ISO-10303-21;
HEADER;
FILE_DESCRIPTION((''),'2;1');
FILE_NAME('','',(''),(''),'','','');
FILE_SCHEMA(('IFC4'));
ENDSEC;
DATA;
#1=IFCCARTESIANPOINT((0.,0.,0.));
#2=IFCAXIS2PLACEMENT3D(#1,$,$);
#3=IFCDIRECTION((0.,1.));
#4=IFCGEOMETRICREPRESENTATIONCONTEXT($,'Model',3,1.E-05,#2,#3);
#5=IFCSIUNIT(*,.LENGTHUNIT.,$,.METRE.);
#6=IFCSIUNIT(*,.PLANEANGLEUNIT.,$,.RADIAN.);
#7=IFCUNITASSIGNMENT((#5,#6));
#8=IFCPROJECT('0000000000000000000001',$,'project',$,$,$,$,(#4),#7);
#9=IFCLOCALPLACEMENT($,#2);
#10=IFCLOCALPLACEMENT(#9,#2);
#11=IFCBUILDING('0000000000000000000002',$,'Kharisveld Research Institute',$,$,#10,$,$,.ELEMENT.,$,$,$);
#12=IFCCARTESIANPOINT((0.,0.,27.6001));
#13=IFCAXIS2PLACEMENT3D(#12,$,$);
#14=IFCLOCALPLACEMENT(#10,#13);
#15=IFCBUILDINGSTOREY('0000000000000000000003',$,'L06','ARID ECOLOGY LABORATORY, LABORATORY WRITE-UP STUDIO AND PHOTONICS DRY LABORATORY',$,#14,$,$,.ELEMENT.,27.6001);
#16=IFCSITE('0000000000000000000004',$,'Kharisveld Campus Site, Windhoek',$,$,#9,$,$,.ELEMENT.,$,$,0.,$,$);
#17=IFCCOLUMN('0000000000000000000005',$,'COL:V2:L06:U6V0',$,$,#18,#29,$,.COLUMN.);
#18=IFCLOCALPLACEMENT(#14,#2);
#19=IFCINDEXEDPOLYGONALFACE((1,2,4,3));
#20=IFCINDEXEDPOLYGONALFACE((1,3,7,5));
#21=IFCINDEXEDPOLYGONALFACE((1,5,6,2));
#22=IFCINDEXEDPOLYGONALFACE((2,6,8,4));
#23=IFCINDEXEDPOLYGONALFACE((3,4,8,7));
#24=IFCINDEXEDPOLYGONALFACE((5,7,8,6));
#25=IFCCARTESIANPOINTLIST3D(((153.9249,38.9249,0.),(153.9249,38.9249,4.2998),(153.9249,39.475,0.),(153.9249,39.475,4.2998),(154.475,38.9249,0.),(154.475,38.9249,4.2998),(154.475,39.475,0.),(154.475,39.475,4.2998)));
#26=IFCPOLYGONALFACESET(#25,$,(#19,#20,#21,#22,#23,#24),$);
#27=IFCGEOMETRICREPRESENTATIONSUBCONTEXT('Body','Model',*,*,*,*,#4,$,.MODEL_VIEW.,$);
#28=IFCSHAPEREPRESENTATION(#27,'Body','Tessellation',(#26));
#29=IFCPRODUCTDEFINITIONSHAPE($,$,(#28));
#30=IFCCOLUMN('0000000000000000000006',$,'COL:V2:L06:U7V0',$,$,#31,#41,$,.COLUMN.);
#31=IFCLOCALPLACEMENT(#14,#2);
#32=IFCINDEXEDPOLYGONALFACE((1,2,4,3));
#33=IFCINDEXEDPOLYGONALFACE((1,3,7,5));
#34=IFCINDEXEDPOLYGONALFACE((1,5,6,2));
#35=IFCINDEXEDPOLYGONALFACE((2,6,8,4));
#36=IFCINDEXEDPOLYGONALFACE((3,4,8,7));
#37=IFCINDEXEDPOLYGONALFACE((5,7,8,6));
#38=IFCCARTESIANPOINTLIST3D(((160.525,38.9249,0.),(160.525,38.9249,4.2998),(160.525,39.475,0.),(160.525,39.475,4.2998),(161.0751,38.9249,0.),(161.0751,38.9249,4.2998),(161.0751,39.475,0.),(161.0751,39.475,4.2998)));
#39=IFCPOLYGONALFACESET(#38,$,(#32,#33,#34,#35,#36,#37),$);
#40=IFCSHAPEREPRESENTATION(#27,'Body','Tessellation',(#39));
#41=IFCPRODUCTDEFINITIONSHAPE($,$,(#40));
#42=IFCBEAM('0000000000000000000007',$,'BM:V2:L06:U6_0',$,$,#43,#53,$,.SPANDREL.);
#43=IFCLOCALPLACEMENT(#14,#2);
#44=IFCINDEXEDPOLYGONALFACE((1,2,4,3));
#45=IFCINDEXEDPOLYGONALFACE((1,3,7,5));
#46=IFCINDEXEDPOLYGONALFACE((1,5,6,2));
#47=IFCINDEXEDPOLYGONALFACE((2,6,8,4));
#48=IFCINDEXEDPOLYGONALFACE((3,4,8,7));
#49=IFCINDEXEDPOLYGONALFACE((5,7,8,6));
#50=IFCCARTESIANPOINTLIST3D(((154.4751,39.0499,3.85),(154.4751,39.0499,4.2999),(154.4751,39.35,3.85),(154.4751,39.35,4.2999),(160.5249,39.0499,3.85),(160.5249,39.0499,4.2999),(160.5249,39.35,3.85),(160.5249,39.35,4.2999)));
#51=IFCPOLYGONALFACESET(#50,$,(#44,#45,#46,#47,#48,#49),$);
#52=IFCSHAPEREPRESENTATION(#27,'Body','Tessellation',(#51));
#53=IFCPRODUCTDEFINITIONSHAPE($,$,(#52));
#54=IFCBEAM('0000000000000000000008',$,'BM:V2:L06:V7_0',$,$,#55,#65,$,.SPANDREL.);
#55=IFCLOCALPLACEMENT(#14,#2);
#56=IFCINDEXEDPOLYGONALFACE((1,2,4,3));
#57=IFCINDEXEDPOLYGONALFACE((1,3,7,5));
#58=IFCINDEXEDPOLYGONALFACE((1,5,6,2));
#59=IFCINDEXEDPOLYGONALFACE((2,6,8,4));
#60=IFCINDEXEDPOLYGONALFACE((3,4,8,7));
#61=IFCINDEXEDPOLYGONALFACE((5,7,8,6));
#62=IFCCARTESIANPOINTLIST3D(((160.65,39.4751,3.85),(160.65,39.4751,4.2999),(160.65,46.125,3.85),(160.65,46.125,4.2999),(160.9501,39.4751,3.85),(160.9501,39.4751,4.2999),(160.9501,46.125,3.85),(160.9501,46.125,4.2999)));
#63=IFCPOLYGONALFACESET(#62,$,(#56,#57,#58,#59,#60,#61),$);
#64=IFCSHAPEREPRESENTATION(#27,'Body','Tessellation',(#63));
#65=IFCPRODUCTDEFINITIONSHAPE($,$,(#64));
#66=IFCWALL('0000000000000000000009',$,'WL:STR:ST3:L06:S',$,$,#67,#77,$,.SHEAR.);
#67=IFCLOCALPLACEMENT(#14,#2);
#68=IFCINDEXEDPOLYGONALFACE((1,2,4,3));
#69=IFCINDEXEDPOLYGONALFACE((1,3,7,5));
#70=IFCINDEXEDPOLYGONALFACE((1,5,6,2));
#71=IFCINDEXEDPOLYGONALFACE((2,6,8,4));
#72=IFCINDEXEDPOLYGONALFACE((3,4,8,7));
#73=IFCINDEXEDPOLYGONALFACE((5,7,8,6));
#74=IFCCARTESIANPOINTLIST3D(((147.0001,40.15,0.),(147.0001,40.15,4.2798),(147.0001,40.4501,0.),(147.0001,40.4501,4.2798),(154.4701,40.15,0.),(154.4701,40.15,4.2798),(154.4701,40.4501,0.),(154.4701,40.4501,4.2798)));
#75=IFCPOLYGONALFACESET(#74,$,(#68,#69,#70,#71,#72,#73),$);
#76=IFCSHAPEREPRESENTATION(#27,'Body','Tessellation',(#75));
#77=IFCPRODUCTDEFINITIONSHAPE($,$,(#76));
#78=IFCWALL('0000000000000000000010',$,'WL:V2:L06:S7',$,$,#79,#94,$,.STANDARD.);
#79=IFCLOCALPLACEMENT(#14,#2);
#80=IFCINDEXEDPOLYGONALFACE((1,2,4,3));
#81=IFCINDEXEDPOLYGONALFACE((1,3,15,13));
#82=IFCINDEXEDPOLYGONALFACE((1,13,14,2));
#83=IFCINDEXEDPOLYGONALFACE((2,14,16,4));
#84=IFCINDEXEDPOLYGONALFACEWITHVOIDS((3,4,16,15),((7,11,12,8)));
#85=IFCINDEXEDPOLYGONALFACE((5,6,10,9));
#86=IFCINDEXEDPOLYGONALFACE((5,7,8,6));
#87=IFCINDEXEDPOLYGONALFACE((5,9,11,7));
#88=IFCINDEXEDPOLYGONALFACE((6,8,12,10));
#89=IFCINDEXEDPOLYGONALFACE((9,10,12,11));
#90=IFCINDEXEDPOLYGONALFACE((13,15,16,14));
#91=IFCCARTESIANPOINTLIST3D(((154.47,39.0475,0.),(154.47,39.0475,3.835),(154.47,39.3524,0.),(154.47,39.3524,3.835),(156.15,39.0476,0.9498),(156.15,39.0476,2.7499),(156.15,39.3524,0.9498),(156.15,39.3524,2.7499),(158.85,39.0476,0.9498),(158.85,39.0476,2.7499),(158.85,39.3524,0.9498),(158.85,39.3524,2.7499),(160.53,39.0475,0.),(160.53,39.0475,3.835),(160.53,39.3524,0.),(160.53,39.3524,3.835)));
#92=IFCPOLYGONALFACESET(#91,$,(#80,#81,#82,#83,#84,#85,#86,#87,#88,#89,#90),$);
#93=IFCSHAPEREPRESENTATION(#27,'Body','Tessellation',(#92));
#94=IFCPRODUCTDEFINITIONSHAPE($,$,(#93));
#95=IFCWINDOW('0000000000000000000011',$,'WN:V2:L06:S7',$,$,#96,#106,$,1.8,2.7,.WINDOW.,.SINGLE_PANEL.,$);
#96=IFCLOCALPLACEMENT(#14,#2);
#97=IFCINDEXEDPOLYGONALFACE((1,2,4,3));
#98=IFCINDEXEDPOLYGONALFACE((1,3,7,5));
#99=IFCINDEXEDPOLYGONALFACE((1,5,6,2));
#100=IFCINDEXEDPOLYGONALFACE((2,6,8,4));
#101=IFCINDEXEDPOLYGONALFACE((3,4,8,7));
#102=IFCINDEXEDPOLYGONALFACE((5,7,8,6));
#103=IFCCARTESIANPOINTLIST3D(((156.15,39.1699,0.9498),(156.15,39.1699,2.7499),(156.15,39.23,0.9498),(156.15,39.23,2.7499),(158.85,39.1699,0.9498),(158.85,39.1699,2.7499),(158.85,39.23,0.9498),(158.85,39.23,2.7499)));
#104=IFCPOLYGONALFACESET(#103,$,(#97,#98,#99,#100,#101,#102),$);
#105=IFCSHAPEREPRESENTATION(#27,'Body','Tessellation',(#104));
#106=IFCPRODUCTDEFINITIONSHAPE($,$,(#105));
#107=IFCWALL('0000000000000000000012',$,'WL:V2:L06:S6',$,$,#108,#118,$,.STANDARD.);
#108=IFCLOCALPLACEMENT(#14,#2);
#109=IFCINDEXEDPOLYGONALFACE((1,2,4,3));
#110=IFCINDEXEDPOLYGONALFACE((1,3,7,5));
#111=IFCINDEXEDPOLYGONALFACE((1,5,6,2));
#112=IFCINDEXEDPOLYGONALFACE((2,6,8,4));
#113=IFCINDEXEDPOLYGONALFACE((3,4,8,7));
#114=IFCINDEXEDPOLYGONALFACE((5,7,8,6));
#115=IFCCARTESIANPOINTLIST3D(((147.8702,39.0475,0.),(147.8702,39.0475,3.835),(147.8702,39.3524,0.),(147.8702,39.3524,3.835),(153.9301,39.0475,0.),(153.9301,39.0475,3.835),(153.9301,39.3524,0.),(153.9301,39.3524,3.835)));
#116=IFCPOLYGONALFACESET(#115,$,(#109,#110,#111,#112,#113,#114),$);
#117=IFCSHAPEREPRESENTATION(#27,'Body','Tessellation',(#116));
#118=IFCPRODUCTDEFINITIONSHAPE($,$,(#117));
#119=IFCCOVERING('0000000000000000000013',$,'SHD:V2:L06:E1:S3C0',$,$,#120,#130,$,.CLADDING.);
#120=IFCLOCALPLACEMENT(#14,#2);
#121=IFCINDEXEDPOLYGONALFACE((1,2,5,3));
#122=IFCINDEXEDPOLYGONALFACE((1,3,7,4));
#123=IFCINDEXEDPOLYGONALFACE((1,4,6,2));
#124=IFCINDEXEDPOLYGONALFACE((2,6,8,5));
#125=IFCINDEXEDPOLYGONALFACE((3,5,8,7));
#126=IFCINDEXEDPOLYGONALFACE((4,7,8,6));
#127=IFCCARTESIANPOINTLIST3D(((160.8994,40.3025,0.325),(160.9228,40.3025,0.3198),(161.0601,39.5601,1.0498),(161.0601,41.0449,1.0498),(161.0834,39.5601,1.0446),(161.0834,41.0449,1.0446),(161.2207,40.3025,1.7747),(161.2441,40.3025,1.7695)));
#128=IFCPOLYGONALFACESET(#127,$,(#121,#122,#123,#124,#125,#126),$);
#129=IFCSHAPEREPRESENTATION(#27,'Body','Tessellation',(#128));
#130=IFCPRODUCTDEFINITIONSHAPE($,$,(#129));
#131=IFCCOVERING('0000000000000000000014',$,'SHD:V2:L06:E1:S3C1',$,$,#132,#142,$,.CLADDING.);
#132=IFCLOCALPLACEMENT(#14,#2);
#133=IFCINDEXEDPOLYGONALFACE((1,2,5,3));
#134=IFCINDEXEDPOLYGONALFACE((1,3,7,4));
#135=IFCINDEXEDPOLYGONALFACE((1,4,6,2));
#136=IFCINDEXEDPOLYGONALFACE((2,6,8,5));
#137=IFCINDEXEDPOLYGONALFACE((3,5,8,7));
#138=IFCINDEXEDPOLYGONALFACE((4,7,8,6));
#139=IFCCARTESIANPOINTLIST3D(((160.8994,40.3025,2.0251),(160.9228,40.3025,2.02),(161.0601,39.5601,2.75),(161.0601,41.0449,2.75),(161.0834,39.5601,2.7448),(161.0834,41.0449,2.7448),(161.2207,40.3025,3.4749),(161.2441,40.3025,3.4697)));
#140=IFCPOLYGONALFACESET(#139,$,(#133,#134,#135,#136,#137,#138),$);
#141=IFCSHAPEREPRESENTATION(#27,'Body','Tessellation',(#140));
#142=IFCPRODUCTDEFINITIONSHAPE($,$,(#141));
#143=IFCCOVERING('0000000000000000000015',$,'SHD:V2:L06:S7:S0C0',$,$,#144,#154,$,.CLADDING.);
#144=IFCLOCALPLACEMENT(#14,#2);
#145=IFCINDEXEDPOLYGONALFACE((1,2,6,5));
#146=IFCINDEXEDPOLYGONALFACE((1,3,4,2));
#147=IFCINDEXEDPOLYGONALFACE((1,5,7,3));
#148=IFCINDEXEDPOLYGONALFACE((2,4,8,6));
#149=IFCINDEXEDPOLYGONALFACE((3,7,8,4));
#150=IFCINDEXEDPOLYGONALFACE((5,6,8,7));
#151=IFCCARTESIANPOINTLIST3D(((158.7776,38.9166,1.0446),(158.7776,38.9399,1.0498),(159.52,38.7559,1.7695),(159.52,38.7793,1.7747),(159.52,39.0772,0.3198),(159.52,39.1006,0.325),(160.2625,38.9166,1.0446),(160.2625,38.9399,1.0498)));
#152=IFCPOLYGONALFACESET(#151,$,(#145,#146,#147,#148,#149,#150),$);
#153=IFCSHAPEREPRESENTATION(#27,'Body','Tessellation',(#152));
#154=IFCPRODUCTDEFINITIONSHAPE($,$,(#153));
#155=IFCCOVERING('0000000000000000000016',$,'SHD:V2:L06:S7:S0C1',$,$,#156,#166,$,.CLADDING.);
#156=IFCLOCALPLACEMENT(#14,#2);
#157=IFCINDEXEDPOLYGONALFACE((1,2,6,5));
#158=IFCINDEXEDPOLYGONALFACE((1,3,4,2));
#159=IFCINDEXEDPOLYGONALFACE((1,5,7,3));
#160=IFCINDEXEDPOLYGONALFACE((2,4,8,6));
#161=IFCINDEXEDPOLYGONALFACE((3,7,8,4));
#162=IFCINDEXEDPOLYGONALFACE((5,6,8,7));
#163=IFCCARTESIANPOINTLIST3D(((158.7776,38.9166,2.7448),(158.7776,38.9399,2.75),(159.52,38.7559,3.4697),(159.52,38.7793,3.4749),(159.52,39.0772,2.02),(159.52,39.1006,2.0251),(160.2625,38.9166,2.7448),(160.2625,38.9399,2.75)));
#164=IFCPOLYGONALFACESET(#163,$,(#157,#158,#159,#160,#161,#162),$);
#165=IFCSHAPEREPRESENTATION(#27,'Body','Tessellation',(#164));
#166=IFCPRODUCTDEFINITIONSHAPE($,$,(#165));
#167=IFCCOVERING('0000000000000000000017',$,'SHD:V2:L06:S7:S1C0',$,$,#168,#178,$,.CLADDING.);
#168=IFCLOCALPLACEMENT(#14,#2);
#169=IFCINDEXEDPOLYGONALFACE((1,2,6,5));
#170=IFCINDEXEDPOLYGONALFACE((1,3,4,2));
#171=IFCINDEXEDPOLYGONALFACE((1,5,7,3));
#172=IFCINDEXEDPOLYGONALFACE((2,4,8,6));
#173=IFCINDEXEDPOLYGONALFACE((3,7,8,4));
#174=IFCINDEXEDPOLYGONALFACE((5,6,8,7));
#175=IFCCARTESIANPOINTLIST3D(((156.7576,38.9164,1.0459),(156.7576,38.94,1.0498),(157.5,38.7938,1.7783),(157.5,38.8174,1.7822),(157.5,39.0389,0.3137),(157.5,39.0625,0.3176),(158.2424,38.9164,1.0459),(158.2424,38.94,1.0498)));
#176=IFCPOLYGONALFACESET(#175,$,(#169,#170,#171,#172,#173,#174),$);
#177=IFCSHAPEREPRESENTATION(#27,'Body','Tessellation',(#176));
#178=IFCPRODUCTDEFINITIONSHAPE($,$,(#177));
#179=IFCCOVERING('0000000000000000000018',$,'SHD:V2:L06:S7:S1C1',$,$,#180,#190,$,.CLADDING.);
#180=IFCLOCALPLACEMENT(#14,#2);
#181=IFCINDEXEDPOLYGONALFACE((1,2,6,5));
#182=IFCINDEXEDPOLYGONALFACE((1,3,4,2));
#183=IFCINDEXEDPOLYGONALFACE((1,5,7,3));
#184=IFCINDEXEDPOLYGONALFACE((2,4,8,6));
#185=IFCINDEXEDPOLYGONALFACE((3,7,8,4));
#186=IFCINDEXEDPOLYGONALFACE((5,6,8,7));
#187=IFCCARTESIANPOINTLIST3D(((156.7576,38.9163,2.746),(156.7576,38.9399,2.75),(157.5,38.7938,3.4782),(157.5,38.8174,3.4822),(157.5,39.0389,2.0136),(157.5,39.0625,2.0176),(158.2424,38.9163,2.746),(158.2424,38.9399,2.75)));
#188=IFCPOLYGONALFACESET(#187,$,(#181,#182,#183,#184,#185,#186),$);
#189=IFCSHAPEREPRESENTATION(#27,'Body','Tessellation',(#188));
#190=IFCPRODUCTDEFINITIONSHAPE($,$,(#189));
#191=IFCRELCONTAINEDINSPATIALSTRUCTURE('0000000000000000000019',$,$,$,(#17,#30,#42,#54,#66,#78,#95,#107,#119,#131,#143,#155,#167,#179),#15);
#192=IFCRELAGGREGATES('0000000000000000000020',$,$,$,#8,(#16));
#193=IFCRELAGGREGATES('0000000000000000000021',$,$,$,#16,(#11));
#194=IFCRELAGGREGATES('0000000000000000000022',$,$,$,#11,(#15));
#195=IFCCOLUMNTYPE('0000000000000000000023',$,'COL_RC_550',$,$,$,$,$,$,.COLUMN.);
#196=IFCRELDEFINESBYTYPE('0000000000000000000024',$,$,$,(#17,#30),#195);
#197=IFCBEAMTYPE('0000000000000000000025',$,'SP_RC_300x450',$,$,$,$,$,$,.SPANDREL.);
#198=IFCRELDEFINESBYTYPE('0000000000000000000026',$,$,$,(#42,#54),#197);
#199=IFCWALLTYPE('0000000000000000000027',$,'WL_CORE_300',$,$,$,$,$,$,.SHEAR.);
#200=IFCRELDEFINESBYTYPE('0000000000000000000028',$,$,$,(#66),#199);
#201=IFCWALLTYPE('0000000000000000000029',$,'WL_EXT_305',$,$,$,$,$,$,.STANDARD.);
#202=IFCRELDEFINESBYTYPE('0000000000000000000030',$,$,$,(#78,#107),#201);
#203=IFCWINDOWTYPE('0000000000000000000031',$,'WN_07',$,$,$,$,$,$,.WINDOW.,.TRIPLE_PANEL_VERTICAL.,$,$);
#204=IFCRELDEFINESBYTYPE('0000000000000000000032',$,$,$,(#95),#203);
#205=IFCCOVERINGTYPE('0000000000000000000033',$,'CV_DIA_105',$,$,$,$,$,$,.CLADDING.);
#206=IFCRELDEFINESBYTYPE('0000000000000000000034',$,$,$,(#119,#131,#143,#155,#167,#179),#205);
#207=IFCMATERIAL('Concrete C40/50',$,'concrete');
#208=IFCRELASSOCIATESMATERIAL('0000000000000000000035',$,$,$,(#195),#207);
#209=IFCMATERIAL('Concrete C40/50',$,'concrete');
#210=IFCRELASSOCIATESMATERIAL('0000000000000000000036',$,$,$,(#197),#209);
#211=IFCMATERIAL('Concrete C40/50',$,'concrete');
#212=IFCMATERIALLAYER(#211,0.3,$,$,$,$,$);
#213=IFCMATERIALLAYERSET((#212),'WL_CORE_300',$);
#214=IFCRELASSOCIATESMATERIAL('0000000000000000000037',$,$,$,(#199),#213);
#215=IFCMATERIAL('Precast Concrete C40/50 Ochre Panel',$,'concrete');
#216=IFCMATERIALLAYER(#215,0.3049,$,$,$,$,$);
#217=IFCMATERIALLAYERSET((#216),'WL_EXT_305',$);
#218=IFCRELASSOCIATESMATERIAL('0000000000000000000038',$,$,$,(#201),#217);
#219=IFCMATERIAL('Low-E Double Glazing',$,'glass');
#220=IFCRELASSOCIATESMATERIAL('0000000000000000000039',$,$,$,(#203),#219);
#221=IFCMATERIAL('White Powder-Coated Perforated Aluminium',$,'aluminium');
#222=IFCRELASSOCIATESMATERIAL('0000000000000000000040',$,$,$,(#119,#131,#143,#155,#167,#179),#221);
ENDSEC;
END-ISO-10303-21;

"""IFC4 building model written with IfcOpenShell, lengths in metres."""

from ifc_helpers import new_model, si_unit, direction, frame, frame_2d, origin, origin_2d, place, context, subcontext, project, spatial, polyline, rectangle, outline, extrude, material, layer, layer_set, material_profile, profile_set, type_object, element, fill, save


model = new_model("IFC4")

# Units and contexts
model_context = context("Model", 3, precision=1e-05, world=origin(), true_north=direction((0.0, 1.0)))
body_context = subcontext(model_context, "Body", "Model", "MODEL_VIEW")
ifc_project = project(units=[si_unit("LENGTHUNIT", "METRE"), si_unit("PLANEANGLEUNIT", "RADIAN")], contexts=[model_context])

# Site, building, storey
site_placement = place(None, origin())
site = spatial("IfcSite", under=ifc_project, at=site_placement, Name="Kharisveld Campus Site, Windhoek", CompositionType="ELEMENT", RefElevation=0.0)
building_placement = place(site_placement, origin())
building = spatial("IfcBuilding", under=site, at=building_placement, Name="Kharisveld Research Institute", CompositionType="ELEMENT")
storey_placement = place(building_placement, frame((0.0, 0.0, 27.6001)))
storey = spatial("IfcBuildingStorey", under=building, at=storey_placement, Name="L06", Description="ARID ECOLOGY LABORATORY, LABORATORY WRITE-UP STUDIO AND PHOTONICS DRY LABORATORY", CompositionType="ELEMENT", Elevation=27.6001)

# Columns
ifc_material_1 = material(Name="Concrete C40/50", Category="concrete")
ifc_material_profile_1 = material_profile(ifc_material_1, rectangle(XDim=0.55, YDim=0.55, at=origin_2d()))
ifc_profile_set_1 = profile_set([ifc_material_profile_1], Name="Concrete C40/50")
column_type = type_object("IfcColumnType", Name="COL_RC_550", PredefinedType="COLUMN", material=ifc_profile_set_1)
for number, where, z_axis, x_axis, name in (
    (1, (154.2, 39.2, 0.0), (0.0, 0.0, 1.0), (1.0, 0.0, 0.0), "COL:V2:L06:U6V0"),
    (2, (160.8, 39.2, 0.0), (0.0, 0.0, 1.0), (1.0, 0.0, 0.0), "COL:V2:L06:U7V0"),
):
    element("IfcColumn", number, at=place(storey_placement, frame(where, z_axis=z_axis, x_axis=x_axis)), inside=storey, type_object=column_type, Name=name, PredefinedType="COLUMN", context=body_context, shape_type="SweptSolid", body=[
        extrude(rectangle(XDim=0.55, YDim=0.55, at=origin_2d()), origin(), (0.0, 0.0, 1.0), 4.2998),
    ])

# Beams
ifc_material_2 = material(Name="Concrete C40/50", Category="concrete")
ifc_material_profile_2 = material_profile(ifc_material_2, rectangle(XDim=0.3, YDim=0.45, at=origin_2d()))
ifc_profile_set_2 = profile_set([ifc_material_profile_2], Name="Concrete C40/50")
beam_type = type_object("IfcBeamType", Name="SP_RC_300x450", PredefinedType="SPANDREL", material=ifc_profile_set_2)
beam_1_placement = place(storey_placement, frame((154.4751, 39.2, 4.075), z_axis=(1.0, 0.0, 0.0), x_axis=(0.0, 1.0, 0.0)))
element("IfcBeam", 3, at=beam_1_placement, inside=storey, type_object=beam_type, Name="BM:V2:L06:U6_0", PredefinedType="SPANDREL", context=body_context, shape_type="SweptSolid", body=[
    extrude(rectangle(XDim=0.3, YDim=0.45, at=origin_2d()), origin(), (0.0, 0.0, 1.0), 6.0498),
])
beam_2_placement = place(storey_placement, frame((160.8, 39.4751, 4.075), z_axis=(0.0, 1.0, 0.0), x_axis=(-1.0, 0.0, 0.0)))
element("IfcBeam", 4, at=beam_2_placement, inside=storey, type_object=beam_type, Name="BM:V2:L06:V7_0", PredefinedType="SPANDREL", context=body_context, shape_type="SweptSolid", body=[
    extrude(rectangle(XDim=0.3, YDim=0.45, at=origin_2d()), origin(), (0.0, 0.0, 1.0), 6.6499),
])

# Wall
ifc_material_3 = material(Name="Concrete C40/50", Category="concrete")
ifc_layer_1 = layer(ifc_material_3, 0.3)
ifc_layer_set_1 = layer_set([ifc_layer_1], Name="WL_CORE_300")
wall_type_1 = type_object("IfcWallType", Name="WL_CORE_300", PredefinedType="SHEAR", material=ifc_layer_set_1)
wall_1_placement = place(storey_placement, frame((154.47, 40.3, 0.0), z_axis=(0.0, 0.0, 1.0), x_axis=(-1.0, 0.0, 0.0)))
element("IfcWall", 5, at=wall_1_placement, inside=storey, type_object=wall_type_1, Name="WL:STR:ST3:L06:S", PredefinedType="SHEAR", context=body_context, shape_type="SweptSolid", body=[
    extrude(rectangle(XDim=7.47, YDim=0.3, at=frame_2d((3.7349, 0.0))), origin(), (0.0, 0.0, 1.0), 4.2798),
])

# Wall, opening, window
ifc_material_4 = material(Name="Precast Concrete C40/50 Ochre Panel", Category="concrete")
ifc_layer_2 = layer(ifc_material_4, 0.3049)
ifc_layer_set_2 = layer_set([ifc_layer_2], Name="WL_EXT_305")
wall_type_2 = type_object("IfcWallType", Name="WL_EXT_305", PredefinedType="STANDARD", material=ifc_layer_set_2)
wall_2_placement = place(storey_placement, frame((160.53, 39.2, 0.0), z_axis=(0.0, 0.0, 1.0), x_axis=(-1.0, 0.0, 0.0)))
wall_2 = element("IfcWall", 6, at=wall_2_placement, inside=storey, type_object=wall_type_2, Name="WL:V2:L06:S7", PredefinedType="STANDARD", context=body_context, shape_type="SweptSolid", body=[
    extrude(rectangle(XDim=6.0601, YDim=0.3049, at=frame_2d((3.03, 0.0))), origin(), (0.0, 0.0, 1.0), 3.835),
])
opening_placement = place(wall_2_placement, frame((1.6799, 0.0, 0.95)))
opening = element("IfcOpeningElement", 7, at=opening_placement, cuts=wall_2, PredefinedType="OPENING", context=body_context, shape_type="SweptSolid", body=[
    extrude(rectangle(XDim=2.7, YDim=1.8, at=frame_2d((1.3501, 0.8999))), frame((0.0, 0.1523, 0.0), z_axis=(0.0, -1.0, 0.0), x_axis=(1.0, 0.0, 0.0)), (0.0, 0.0, 1.0), 0.3049),
])
ifc_material_5 = material(Name="Low-E Double Glazing", Category="glass")
window_type = type_object("IfcWindowType", Name="WN_07", PartitioningType="TRIPLE_PANEL_VERTICAL", PredefinedType="WINDOW", material=ifc_material_5)
window_placement = place(opening_placement, origin())
window = element("IfcWindow", 8, at=window_placement, inside=storey, type_object=window_type, Name="WN:V2:L06:S7", OverallHeight=1.8, OverallWidth=2.7, PartitioningType="SINGLE_PANEL", PredefinedType="WINDOW", context=body_context, shape_type="SweptSolid", body=[
    extrude(rectangle(XDim=2.7, YDim=1.8, at=frame_2d((1.3501, 0.8999))), frame((0.0, 0.03, 0.0), z_axis=(0.0, -1.0, 0.0), x_axis=(1.0, 0.0, 0.0)), (0.0, 0.0, 1.0), 0.0601),
])
fill(opening, window)

# Wall
wall_3_placement = place(storey_placement, frame((153.9299, 39.2, 0.0), z_axis=(0.0, 0.0, 1.0), x_axis=(-1.0, 0.0, 0.0)))
element("IfcWall", 9, at=wall_3_placement, inside=storey, type_object=wall_type_2, Name="WL:V2:L06:S6", PredefinedType="STANDARD", context=body_context, shape_type="SweptSolid", body=[
    extrude(rectangle(XDim=6.0598, YDim=0.3049, at=frame_2d((3.0298, 0.0))), origin(), (0.0, 0.0, 1.0), 3.835),
])

# Coverings
ifc_material_6 = material(Name="White Powder-Coated Perforated Aluminium", Category="aluminium")
covering_type = type_object("IfcCoveringType", Name="CV_DIA_105", PredefinedType="CLADDING")
for number, where, z_axis, x_axis, name in (
    (10, (160.8994, 40.3025, 0.325), (-0.976311, 0.0, 0.216373), (0.153, -0.707102, 0.69036), "SHD:V2:L06:E1:S3C0"),
    (11, (160.8994, 40.3025, 2.0251), (-0.976311, 0.0, 0.216373), (0.153, -0.707102, 0.69036), "SHD:V2:L06:E1:S3C1"),
    (12, (159.52, 39.1006, 0.325), (0.0, 0.976311, 0.216373), (-0.707102, -0.153, 0.69036), "SHD:V2:L06:S7:S0C0"),
    (13, (159.52, 39.1006, 2.0251), (0.0, 0.976311, 0.216373), (-0.707102, -0.153, 0.69036), "SHD:V2:L06:S7:S0C1"),
):
    element("IfcCovering", number, at=place(storey_placement, frame(where, z_axis=z_axis, x_axis=x_axis)), inside=storey, type_object=covering_type, material=ifc_material_6, Name=name, PredefinedType="CLADDING", context=body_context, shape_type="SweptSolid", body=[
        extrude(outline(polyline([(0.0, 0.0), (1.05, 0.0), (1.05, 1.05), (0.0, 1.05), (0.0, 0.0)])), origin(), (0.0, 0.0, -1.0), 0.0239),
    ])
covering_1_placement = place(storey_placement, frame((157.5, 39.0625, 0.3176), z_axis=(0.0, 0.986283, 0.165065), x_axis=(-0.707139, -0.116714, 0.697376)))
element("IfcCovering", 14, at=covering_1_placement, inside=storey, type_object=covering_type, material=ifc_material_6, Name="SHD:V2:L06:S7:S1C0", PredefinedType="CLADDING", context=body_context, shape_type="SweptSolid", body=[
    extrude(outline(polyline([(0.0, 0.0), (1.0499, 0.0), (1.05, 1.0501), (-0.0001, 1.0499), (0.0, 0.0)])), origin(), (0.0, 0.0, -1.0), 0.0239),
])
covering_2_placement = place(storey_placement, frame((157.5, 39.0625, 2.0176), z_axis=(0.0, 0.986283, 0.165065), x_axis=(-0.707024, -0.116733, 0.697489)))
element("IfcCovering", 15, at=covering_2_placement, inside=storey, type_object=covering_type, material=ifc_material_6, Name="SHD:V2:L06:S7:S1C1", PredefinedType="CLADDING", context=body_context, shape_type="SweptSolid", body=[
    extrude(outline(polyline([(0.0, 0.0), (1.0501, 0.0), (1.0502, 1.0499), (0.0002, 1.0501), (0.0, 0.0)])), origin(), (0.0, 0.0, -1.0), 0.0239),
])

save(model, "model.ifc")
